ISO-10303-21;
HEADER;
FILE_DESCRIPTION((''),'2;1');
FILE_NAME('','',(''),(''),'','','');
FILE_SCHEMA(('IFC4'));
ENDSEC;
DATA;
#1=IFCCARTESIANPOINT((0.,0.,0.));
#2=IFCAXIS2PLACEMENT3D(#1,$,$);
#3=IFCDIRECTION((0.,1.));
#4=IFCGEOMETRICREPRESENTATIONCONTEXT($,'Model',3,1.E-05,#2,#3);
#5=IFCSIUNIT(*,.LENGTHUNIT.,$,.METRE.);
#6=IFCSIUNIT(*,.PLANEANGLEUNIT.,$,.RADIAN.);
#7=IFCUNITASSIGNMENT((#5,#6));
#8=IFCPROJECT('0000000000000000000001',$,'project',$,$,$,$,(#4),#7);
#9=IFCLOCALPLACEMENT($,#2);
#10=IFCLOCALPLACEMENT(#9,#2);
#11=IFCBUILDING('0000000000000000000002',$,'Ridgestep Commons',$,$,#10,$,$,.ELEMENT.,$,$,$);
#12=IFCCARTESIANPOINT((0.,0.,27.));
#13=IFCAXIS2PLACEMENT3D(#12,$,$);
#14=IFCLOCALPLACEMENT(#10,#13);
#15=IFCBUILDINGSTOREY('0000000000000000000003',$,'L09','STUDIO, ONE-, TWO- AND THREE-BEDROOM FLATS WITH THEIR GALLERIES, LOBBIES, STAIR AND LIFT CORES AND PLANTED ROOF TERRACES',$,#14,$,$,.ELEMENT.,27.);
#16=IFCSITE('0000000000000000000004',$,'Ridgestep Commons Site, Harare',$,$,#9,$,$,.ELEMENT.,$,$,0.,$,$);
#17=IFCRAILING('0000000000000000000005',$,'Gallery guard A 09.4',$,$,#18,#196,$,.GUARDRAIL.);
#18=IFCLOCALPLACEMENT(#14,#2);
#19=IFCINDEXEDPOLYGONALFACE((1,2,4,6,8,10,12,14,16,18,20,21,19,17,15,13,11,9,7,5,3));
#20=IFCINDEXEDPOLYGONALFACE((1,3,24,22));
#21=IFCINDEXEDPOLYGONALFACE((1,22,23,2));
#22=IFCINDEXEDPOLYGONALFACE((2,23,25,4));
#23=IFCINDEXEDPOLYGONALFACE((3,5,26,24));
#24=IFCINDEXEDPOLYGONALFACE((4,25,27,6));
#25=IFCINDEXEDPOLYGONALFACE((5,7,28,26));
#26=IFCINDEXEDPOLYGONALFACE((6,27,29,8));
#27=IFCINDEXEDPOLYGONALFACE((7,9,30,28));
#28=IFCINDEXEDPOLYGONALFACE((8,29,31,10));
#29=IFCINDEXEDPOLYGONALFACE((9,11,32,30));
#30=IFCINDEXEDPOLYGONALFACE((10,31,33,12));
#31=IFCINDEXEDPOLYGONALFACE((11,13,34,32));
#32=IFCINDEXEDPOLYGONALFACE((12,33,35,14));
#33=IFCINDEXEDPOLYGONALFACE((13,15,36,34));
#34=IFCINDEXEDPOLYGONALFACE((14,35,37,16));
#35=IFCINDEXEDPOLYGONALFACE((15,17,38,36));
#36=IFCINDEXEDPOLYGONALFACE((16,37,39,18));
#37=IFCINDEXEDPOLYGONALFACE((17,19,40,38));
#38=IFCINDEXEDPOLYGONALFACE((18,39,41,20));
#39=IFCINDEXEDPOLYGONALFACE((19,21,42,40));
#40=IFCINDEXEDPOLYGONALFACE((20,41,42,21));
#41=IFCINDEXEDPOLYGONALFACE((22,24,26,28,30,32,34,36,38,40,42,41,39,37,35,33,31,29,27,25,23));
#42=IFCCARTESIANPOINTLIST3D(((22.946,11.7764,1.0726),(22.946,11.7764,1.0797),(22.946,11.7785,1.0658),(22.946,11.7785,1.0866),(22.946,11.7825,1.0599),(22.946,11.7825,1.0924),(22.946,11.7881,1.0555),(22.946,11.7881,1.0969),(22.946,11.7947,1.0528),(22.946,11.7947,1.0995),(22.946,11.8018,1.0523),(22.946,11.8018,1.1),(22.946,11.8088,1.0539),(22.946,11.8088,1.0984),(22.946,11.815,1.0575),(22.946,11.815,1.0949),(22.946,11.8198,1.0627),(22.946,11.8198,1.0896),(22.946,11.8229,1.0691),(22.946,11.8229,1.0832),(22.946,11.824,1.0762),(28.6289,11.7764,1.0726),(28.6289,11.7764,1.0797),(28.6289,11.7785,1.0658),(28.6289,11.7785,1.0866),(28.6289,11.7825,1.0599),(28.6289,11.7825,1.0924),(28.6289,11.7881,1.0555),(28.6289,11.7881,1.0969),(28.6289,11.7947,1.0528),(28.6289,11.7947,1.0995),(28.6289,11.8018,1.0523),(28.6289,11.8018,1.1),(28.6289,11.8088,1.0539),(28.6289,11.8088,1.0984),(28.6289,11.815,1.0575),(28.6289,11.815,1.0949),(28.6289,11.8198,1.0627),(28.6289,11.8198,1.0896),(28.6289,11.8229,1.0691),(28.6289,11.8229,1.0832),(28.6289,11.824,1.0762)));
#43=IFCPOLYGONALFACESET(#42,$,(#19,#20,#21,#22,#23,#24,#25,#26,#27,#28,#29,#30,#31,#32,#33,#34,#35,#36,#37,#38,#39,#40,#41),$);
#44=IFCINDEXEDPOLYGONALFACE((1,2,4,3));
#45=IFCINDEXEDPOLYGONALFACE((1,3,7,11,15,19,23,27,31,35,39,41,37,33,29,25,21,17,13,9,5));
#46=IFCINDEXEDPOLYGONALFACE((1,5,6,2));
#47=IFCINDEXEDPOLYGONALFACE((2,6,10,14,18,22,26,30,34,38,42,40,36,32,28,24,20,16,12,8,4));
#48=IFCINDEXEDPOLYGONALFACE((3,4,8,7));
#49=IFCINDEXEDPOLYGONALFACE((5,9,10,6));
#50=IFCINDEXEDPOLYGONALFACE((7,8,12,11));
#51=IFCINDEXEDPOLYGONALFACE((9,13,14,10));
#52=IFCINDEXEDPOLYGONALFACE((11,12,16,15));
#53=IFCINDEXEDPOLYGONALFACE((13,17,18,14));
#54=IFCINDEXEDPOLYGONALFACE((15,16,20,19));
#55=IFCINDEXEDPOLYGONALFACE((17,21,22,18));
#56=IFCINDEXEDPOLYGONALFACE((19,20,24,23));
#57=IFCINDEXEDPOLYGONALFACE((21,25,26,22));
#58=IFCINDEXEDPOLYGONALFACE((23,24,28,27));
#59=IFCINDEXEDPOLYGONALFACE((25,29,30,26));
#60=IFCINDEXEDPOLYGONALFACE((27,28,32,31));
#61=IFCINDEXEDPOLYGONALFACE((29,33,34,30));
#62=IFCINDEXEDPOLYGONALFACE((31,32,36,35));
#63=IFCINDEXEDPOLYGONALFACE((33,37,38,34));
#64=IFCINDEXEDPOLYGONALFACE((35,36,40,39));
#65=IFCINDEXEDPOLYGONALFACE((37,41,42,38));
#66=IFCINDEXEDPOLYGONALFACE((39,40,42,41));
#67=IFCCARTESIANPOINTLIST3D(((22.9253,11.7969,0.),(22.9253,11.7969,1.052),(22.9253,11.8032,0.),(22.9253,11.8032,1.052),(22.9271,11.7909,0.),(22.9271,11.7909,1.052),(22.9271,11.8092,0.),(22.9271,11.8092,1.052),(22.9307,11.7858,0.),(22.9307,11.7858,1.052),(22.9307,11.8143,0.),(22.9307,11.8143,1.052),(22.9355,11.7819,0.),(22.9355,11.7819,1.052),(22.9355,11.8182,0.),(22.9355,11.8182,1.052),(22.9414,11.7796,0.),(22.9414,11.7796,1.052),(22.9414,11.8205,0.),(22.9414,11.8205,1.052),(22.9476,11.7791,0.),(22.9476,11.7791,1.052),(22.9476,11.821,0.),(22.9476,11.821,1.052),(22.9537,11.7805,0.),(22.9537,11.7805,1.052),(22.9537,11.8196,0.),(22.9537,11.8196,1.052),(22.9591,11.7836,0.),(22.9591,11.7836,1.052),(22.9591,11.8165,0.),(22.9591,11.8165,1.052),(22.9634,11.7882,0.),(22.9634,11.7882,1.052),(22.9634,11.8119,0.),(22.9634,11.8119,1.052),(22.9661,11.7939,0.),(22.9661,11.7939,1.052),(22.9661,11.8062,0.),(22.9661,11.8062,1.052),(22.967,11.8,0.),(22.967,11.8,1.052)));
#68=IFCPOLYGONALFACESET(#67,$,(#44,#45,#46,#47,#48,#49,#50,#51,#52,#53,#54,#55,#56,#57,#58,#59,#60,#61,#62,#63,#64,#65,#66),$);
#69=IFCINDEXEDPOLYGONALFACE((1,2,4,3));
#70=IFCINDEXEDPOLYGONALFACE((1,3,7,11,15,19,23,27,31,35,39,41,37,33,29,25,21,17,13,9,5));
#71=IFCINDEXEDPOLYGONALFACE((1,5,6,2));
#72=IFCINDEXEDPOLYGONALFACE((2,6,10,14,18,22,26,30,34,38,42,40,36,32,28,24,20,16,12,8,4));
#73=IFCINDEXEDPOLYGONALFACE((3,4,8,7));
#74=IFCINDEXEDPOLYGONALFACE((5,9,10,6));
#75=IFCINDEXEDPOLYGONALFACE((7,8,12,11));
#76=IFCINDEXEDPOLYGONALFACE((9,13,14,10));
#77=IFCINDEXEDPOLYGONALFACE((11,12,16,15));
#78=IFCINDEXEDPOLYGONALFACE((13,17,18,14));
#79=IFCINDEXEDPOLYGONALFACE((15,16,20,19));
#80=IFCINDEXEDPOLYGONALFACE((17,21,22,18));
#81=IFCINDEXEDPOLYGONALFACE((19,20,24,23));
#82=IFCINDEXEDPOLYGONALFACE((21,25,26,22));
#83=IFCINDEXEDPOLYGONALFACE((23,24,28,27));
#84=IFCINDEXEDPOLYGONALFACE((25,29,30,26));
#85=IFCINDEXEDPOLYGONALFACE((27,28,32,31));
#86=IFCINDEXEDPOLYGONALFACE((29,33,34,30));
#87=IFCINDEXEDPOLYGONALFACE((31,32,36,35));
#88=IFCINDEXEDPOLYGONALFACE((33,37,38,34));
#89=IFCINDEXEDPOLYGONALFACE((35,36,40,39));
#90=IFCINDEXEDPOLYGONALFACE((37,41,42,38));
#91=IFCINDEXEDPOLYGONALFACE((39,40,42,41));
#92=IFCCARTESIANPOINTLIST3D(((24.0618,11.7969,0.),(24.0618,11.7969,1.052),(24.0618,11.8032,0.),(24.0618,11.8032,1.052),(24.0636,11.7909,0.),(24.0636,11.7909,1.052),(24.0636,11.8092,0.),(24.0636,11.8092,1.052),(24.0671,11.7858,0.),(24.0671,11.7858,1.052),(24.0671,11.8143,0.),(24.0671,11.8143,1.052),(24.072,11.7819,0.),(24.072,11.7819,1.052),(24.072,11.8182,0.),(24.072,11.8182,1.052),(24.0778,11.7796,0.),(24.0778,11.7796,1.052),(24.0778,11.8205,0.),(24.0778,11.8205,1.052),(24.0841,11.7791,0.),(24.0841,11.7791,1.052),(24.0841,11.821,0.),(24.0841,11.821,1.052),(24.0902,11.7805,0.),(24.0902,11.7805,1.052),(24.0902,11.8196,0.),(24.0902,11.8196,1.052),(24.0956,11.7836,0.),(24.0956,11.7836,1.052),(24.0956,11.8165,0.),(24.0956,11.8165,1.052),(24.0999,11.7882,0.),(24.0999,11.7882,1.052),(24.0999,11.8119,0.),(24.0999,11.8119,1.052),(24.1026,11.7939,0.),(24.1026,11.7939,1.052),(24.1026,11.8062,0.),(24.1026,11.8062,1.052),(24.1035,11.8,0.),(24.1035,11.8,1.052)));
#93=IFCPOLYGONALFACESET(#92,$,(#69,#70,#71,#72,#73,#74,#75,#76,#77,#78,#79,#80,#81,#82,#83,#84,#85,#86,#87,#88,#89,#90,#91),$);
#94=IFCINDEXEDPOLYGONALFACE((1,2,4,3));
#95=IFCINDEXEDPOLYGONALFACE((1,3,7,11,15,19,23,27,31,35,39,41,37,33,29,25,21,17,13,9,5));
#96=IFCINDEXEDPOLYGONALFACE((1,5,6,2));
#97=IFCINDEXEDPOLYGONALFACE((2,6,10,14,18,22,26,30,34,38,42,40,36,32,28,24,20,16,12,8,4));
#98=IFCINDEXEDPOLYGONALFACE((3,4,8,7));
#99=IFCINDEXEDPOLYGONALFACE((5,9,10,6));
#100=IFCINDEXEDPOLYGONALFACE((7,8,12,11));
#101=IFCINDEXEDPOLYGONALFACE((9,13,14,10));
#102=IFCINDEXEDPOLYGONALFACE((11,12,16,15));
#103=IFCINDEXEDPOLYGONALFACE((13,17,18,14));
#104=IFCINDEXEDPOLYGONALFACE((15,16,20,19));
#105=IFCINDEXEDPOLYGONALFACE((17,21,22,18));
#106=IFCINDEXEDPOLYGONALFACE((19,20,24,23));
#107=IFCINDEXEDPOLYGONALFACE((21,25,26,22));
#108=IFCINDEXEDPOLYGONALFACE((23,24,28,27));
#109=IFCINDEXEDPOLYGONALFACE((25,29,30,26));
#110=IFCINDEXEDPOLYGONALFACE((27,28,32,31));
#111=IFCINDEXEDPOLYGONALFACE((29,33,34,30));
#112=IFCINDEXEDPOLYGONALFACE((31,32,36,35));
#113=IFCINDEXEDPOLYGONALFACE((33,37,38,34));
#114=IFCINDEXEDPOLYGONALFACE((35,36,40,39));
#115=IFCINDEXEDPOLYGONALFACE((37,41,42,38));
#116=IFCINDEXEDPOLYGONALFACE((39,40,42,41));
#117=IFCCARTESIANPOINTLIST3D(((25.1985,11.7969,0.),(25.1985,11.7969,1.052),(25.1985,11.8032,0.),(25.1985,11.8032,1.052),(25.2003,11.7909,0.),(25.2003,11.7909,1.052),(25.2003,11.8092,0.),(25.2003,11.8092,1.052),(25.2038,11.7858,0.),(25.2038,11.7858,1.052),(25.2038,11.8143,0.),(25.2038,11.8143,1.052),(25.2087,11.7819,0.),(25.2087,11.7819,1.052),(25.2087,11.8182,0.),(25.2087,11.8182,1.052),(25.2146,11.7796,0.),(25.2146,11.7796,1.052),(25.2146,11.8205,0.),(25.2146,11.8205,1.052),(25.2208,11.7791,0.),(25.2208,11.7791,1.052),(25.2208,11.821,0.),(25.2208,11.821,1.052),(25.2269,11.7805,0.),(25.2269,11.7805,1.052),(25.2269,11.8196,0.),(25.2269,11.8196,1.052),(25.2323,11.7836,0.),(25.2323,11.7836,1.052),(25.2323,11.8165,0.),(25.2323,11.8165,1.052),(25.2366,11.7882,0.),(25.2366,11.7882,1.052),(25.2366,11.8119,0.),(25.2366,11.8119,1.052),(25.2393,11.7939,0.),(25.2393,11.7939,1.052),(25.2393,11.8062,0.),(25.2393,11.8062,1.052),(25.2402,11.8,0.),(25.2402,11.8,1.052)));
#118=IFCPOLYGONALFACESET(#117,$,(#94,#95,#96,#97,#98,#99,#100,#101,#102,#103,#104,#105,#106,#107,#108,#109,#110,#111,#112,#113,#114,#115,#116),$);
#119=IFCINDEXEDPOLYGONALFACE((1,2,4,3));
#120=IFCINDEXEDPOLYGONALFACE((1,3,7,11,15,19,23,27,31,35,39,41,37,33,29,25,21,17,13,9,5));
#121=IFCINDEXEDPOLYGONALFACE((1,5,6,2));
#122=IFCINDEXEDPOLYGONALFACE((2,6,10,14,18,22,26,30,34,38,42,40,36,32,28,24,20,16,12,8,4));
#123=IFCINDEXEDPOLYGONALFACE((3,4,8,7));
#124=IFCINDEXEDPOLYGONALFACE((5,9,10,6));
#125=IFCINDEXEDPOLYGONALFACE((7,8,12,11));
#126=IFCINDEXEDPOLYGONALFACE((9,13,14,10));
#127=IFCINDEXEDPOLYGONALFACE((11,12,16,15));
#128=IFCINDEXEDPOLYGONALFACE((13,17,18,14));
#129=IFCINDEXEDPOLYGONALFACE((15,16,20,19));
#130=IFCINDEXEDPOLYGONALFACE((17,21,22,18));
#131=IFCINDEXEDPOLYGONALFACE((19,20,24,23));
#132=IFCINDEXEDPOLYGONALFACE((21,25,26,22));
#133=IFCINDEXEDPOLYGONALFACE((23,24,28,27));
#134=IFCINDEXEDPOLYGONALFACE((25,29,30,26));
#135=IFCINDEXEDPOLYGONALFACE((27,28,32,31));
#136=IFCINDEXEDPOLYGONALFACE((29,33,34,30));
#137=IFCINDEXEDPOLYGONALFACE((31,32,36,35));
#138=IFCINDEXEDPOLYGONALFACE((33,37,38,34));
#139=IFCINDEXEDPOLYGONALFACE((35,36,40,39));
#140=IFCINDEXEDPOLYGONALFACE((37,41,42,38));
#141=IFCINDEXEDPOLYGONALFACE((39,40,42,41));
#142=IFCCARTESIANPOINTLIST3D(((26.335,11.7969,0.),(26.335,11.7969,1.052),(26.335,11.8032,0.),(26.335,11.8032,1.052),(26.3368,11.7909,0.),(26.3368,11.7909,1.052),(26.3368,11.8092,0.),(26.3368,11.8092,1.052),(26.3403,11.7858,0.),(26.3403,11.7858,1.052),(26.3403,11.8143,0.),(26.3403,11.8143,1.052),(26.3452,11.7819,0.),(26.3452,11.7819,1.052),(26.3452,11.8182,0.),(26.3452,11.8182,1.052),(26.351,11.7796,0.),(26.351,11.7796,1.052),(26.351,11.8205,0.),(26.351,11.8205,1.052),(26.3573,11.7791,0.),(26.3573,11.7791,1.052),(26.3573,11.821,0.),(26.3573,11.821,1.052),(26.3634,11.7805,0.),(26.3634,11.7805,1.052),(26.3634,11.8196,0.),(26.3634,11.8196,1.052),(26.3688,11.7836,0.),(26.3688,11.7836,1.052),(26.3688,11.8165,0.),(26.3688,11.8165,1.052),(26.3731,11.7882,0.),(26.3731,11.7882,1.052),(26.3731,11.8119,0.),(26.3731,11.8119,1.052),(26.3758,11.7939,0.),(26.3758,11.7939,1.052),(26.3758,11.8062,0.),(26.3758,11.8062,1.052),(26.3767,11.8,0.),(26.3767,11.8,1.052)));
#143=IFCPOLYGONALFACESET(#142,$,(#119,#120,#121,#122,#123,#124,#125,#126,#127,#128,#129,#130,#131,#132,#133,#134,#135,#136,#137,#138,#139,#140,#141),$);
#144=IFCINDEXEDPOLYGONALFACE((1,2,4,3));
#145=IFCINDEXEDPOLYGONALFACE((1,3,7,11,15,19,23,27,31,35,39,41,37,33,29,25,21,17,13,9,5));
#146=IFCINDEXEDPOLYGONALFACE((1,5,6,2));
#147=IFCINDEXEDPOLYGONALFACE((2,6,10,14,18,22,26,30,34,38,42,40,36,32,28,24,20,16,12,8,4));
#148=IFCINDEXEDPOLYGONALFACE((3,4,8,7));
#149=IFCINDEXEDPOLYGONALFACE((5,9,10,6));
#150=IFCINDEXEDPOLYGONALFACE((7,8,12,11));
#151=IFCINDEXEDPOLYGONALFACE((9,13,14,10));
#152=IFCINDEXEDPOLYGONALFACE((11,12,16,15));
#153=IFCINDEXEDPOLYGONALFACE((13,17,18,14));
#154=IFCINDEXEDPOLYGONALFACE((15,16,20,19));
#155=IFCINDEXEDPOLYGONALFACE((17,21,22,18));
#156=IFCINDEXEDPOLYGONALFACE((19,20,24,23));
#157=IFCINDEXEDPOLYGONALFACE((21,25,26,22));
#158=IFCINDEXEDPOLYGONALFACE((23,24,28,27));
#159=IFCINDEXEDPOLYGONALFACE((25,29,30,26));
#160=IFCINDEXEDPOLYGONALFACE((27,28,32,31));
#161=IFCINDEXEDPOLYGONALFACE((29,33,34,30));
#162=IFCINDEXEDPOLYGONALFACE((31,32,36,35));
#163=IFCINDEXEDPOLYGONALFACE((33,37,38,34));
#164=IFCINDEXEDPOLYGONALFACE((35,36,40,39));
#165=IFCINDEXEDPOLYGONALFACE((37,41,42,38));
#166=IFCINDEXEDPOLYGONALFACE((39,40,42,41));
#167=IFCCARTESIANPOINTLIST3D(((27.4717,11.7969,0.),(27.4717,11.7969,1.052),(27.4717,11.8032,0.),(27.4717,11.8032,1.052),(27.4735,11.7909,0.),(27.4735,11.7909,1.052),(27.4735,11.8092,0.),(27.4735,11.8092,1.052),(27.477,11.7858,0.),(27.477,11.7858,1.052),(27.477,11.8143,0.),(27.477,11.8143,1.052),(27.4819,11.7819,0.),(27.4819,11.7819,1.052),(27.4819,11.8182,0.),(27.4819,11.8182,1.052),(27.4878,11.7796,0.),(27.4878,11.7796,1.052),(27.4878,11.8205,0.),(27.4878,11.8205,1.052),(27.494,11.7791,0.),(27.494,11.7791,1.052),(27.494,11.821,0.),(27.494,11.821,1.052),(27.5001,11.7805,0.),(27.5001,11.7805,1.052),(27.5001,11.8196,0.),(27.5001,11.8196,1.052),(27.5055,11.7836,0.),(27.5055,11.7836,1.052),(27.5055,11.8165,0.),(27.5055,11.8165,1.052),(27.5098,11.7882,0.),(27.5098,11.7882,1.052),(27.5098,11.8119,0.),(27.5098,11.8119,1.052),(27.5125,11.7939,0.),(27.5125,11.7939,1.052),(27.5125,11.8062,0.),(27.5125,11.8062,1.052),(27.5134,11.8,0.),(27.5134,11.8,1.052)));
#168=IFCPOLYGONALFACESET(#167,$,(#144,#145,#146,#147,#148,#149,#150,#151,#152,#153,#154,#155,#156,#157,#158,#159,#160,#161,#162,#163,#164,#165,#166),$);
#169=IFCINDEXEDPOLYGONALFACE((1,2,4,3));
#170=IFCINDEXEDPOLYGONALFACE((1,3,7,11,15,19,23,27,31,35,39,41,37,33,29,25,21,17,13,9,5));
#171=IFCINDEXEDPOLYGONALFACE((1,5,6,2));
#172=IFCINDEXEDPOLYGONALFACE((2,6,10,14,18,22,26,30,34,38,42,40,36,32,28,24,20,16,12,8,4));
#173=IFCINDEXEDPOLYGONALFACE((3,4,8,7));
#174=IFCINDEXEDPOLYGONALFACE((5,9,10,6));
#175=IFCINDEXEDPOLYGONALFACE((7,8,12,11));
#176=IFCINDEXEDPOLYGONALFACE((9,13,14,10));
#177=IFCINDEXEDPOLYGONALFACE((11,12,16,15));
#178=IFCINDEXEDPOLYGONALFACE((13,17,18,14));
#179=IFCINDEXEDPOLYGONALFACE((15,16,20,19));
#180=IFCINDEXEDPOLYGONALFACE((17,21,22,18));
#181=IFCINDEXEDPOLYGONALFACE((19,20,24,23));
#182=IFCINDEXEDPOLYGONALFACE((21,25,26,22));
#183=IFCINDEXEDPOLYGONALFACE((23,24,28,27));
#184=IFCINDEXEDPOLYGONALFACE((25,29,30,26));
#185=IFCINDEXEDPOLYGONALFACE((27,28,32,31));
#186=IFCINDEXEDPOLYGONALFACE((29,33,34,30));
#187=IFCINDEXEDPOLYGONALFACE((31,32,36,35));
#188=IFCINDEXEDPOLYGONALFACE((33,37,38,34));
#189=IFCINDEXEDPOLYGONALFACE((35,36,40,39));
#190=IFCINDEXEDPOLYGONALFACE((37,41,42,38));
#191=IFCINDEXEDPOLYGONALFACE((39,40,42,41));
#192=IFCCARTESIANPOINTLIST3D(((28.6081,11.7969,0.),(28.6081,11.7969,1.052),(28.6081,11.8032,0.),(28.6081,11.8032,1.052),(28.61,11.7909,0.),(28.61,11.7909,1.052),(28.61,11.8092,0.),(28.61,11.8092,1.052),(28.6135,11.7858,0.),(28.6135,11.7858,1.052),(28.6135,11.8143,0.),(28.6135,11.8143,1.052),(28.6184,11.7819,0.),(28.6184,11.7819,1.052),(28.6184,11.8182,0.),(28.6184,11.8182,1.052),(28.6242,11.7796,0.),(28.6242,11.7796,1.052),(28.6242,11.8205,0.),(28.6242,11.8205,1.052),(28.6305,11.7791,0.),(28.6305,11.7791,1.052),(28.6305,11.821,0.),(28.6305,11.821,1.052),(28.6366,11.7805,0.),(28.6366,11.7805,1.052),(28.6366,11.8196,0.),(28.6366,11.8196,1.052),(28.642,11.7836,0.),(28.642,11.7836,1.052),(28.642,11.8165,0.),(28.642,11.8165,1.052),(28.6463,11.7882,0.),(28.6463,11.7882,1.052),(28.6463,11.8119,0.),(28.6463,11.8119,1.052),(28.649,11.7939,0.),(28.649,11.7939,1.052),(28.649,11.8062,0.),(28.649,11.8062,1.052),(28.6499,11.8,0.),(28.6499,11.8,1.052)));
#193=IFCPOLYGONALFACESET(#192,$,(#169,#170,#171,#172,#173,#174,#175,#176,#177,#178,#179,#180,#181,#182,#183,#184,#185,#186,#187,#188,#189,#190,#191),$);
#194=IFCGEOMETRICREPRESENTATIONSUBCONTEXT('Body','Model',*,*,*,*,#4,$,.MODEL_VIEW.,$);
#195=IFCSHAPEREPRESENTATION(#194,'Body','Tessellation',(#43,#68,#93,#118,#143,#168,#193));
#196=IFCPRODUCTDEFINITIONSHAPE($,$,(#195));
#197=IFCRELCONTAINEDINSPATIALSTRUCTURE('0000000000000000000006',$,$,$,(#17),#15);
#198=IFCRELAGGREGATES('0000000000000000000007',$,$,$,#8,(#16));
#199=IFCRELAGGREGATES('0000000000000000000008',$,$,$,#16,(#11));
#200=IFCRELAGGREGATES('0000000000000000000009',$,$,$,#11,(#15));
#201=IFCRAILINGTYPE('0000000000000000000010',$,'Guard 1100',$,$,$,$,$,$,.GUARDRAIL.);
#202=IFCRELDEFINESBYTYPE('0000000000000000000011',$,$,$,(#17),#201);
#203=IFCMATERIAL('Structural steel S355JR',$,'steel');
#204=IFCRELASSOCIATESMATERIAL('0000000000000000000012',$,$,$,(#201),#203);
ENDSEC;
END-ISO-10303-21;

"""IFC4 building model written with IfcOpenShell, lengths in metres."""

from ifc_helpers import new_model, si_unit, direction, frame, origin, origin_2d, place, context, subcontext, project, spatial, circle, extrude, material, type_object, element, save


model = new_model("IFC4")

# Units and contexts
model_context = context("Model", 3, precision=1e-05, world=origin(), true_north=direction((0.0, 1.0)))
body_context = subcontext(model_context, "Body", "Model", "MODEL_VIEW")
ifc_project = project(units=[si_unit("LENGTHUNIT", "METRE"), si_unit("PLANEANGLEUNIT", "RADIAN")], contexts=[model_context])

# Site, building, storey
site_placement = place(None, origin())
site = spatial("IfcSite", under=ifc_project, at=site_placement, Name="Ridgestep Commons Site, Harare", CompositionType="ELEMENT", RefElevation=0.0)
building_placement = place(site_placement, origin())
building = spatial("IfcBuilding", under=site, at=building_placement, Name="Ridgestep Commons", CompositionType="ELEMENT")
storey_placement = place(building_placement, frame((0.0, 0.0, 27.0)))
storey = spatial("IfcBuildingStorey", under=building, at=storey_placement, Name="L09", Description="STUDIO, ONE-, TWO- AND THREE-BEDROOM FLATS WITH THEIR GALLERIES, LOBBIES, STAIR AND LIFT CORES AND PLANTED ROOF TERRACES", CompositionType="ELEMENT", Elevation=27.0)

# Railing
ifc_material_1 = material(Name="Structural steel S355JR", Category="steel")
railing_type_1 = type_object("IfcRailingType", Name="Guard 1100", PredefinedType="GUARDRAIL", material=ifc_material_1)
railing_1_placement = place(storey_placement, frame((22.946, 11.8, 0.0)))
element("IfcRailing", 1, at=railing_1_placement, inside=storey, type_object=railing_type_1, Name="Gallery guard A 09.4", PredefinedType="GUARDRAIL", context=body_context, shape_type="SweptSolid", body=[
    extrude(circle(Radius=0.0239, at=origin_2d()), frame((0.0, 0.0, 1.0762), z_axis=(1.0, 0.0, 0.0), x_axis=(0.0, 1.0, 0.0)), (0.0, 0.0, 1.0), 5.6829),
    extrude(circle(Radius=0.021, at=origin_2d()), origin(), (0.0, 0.0, 1.0), 1.052),
    extrude(circle(Radius=0.021, at=origin_2d()), frame((1.1365, 0.0, 0.0)), (0.0, 0.0, 1.0), 1.052),
    extrude(circle(Radius=0.021, at=origin_2d()), frame((2.2732, 0.0, 0.0)), (0.0, 0.0, 1.0), 1.052),
    extrude(circle(Radius=0.021, at=origin_2d()), frame((3.4097, 0.0, 0.0)), (0.0, 0.0, 1.0), 1.052),
    extrude(circle(Radius=0.021, at=origin_2d()), frame((4.5464, 0.0, 0.0)), (0.0, 0.0, 1.0), 1.052),
    extrude(circle(Radius=0.021, at=origin_2d()), frame((5.6829, 0.0, 0.0)), (0.0, 0.0, 1.0), 1.052),
])

save(model, "model.ifc")
